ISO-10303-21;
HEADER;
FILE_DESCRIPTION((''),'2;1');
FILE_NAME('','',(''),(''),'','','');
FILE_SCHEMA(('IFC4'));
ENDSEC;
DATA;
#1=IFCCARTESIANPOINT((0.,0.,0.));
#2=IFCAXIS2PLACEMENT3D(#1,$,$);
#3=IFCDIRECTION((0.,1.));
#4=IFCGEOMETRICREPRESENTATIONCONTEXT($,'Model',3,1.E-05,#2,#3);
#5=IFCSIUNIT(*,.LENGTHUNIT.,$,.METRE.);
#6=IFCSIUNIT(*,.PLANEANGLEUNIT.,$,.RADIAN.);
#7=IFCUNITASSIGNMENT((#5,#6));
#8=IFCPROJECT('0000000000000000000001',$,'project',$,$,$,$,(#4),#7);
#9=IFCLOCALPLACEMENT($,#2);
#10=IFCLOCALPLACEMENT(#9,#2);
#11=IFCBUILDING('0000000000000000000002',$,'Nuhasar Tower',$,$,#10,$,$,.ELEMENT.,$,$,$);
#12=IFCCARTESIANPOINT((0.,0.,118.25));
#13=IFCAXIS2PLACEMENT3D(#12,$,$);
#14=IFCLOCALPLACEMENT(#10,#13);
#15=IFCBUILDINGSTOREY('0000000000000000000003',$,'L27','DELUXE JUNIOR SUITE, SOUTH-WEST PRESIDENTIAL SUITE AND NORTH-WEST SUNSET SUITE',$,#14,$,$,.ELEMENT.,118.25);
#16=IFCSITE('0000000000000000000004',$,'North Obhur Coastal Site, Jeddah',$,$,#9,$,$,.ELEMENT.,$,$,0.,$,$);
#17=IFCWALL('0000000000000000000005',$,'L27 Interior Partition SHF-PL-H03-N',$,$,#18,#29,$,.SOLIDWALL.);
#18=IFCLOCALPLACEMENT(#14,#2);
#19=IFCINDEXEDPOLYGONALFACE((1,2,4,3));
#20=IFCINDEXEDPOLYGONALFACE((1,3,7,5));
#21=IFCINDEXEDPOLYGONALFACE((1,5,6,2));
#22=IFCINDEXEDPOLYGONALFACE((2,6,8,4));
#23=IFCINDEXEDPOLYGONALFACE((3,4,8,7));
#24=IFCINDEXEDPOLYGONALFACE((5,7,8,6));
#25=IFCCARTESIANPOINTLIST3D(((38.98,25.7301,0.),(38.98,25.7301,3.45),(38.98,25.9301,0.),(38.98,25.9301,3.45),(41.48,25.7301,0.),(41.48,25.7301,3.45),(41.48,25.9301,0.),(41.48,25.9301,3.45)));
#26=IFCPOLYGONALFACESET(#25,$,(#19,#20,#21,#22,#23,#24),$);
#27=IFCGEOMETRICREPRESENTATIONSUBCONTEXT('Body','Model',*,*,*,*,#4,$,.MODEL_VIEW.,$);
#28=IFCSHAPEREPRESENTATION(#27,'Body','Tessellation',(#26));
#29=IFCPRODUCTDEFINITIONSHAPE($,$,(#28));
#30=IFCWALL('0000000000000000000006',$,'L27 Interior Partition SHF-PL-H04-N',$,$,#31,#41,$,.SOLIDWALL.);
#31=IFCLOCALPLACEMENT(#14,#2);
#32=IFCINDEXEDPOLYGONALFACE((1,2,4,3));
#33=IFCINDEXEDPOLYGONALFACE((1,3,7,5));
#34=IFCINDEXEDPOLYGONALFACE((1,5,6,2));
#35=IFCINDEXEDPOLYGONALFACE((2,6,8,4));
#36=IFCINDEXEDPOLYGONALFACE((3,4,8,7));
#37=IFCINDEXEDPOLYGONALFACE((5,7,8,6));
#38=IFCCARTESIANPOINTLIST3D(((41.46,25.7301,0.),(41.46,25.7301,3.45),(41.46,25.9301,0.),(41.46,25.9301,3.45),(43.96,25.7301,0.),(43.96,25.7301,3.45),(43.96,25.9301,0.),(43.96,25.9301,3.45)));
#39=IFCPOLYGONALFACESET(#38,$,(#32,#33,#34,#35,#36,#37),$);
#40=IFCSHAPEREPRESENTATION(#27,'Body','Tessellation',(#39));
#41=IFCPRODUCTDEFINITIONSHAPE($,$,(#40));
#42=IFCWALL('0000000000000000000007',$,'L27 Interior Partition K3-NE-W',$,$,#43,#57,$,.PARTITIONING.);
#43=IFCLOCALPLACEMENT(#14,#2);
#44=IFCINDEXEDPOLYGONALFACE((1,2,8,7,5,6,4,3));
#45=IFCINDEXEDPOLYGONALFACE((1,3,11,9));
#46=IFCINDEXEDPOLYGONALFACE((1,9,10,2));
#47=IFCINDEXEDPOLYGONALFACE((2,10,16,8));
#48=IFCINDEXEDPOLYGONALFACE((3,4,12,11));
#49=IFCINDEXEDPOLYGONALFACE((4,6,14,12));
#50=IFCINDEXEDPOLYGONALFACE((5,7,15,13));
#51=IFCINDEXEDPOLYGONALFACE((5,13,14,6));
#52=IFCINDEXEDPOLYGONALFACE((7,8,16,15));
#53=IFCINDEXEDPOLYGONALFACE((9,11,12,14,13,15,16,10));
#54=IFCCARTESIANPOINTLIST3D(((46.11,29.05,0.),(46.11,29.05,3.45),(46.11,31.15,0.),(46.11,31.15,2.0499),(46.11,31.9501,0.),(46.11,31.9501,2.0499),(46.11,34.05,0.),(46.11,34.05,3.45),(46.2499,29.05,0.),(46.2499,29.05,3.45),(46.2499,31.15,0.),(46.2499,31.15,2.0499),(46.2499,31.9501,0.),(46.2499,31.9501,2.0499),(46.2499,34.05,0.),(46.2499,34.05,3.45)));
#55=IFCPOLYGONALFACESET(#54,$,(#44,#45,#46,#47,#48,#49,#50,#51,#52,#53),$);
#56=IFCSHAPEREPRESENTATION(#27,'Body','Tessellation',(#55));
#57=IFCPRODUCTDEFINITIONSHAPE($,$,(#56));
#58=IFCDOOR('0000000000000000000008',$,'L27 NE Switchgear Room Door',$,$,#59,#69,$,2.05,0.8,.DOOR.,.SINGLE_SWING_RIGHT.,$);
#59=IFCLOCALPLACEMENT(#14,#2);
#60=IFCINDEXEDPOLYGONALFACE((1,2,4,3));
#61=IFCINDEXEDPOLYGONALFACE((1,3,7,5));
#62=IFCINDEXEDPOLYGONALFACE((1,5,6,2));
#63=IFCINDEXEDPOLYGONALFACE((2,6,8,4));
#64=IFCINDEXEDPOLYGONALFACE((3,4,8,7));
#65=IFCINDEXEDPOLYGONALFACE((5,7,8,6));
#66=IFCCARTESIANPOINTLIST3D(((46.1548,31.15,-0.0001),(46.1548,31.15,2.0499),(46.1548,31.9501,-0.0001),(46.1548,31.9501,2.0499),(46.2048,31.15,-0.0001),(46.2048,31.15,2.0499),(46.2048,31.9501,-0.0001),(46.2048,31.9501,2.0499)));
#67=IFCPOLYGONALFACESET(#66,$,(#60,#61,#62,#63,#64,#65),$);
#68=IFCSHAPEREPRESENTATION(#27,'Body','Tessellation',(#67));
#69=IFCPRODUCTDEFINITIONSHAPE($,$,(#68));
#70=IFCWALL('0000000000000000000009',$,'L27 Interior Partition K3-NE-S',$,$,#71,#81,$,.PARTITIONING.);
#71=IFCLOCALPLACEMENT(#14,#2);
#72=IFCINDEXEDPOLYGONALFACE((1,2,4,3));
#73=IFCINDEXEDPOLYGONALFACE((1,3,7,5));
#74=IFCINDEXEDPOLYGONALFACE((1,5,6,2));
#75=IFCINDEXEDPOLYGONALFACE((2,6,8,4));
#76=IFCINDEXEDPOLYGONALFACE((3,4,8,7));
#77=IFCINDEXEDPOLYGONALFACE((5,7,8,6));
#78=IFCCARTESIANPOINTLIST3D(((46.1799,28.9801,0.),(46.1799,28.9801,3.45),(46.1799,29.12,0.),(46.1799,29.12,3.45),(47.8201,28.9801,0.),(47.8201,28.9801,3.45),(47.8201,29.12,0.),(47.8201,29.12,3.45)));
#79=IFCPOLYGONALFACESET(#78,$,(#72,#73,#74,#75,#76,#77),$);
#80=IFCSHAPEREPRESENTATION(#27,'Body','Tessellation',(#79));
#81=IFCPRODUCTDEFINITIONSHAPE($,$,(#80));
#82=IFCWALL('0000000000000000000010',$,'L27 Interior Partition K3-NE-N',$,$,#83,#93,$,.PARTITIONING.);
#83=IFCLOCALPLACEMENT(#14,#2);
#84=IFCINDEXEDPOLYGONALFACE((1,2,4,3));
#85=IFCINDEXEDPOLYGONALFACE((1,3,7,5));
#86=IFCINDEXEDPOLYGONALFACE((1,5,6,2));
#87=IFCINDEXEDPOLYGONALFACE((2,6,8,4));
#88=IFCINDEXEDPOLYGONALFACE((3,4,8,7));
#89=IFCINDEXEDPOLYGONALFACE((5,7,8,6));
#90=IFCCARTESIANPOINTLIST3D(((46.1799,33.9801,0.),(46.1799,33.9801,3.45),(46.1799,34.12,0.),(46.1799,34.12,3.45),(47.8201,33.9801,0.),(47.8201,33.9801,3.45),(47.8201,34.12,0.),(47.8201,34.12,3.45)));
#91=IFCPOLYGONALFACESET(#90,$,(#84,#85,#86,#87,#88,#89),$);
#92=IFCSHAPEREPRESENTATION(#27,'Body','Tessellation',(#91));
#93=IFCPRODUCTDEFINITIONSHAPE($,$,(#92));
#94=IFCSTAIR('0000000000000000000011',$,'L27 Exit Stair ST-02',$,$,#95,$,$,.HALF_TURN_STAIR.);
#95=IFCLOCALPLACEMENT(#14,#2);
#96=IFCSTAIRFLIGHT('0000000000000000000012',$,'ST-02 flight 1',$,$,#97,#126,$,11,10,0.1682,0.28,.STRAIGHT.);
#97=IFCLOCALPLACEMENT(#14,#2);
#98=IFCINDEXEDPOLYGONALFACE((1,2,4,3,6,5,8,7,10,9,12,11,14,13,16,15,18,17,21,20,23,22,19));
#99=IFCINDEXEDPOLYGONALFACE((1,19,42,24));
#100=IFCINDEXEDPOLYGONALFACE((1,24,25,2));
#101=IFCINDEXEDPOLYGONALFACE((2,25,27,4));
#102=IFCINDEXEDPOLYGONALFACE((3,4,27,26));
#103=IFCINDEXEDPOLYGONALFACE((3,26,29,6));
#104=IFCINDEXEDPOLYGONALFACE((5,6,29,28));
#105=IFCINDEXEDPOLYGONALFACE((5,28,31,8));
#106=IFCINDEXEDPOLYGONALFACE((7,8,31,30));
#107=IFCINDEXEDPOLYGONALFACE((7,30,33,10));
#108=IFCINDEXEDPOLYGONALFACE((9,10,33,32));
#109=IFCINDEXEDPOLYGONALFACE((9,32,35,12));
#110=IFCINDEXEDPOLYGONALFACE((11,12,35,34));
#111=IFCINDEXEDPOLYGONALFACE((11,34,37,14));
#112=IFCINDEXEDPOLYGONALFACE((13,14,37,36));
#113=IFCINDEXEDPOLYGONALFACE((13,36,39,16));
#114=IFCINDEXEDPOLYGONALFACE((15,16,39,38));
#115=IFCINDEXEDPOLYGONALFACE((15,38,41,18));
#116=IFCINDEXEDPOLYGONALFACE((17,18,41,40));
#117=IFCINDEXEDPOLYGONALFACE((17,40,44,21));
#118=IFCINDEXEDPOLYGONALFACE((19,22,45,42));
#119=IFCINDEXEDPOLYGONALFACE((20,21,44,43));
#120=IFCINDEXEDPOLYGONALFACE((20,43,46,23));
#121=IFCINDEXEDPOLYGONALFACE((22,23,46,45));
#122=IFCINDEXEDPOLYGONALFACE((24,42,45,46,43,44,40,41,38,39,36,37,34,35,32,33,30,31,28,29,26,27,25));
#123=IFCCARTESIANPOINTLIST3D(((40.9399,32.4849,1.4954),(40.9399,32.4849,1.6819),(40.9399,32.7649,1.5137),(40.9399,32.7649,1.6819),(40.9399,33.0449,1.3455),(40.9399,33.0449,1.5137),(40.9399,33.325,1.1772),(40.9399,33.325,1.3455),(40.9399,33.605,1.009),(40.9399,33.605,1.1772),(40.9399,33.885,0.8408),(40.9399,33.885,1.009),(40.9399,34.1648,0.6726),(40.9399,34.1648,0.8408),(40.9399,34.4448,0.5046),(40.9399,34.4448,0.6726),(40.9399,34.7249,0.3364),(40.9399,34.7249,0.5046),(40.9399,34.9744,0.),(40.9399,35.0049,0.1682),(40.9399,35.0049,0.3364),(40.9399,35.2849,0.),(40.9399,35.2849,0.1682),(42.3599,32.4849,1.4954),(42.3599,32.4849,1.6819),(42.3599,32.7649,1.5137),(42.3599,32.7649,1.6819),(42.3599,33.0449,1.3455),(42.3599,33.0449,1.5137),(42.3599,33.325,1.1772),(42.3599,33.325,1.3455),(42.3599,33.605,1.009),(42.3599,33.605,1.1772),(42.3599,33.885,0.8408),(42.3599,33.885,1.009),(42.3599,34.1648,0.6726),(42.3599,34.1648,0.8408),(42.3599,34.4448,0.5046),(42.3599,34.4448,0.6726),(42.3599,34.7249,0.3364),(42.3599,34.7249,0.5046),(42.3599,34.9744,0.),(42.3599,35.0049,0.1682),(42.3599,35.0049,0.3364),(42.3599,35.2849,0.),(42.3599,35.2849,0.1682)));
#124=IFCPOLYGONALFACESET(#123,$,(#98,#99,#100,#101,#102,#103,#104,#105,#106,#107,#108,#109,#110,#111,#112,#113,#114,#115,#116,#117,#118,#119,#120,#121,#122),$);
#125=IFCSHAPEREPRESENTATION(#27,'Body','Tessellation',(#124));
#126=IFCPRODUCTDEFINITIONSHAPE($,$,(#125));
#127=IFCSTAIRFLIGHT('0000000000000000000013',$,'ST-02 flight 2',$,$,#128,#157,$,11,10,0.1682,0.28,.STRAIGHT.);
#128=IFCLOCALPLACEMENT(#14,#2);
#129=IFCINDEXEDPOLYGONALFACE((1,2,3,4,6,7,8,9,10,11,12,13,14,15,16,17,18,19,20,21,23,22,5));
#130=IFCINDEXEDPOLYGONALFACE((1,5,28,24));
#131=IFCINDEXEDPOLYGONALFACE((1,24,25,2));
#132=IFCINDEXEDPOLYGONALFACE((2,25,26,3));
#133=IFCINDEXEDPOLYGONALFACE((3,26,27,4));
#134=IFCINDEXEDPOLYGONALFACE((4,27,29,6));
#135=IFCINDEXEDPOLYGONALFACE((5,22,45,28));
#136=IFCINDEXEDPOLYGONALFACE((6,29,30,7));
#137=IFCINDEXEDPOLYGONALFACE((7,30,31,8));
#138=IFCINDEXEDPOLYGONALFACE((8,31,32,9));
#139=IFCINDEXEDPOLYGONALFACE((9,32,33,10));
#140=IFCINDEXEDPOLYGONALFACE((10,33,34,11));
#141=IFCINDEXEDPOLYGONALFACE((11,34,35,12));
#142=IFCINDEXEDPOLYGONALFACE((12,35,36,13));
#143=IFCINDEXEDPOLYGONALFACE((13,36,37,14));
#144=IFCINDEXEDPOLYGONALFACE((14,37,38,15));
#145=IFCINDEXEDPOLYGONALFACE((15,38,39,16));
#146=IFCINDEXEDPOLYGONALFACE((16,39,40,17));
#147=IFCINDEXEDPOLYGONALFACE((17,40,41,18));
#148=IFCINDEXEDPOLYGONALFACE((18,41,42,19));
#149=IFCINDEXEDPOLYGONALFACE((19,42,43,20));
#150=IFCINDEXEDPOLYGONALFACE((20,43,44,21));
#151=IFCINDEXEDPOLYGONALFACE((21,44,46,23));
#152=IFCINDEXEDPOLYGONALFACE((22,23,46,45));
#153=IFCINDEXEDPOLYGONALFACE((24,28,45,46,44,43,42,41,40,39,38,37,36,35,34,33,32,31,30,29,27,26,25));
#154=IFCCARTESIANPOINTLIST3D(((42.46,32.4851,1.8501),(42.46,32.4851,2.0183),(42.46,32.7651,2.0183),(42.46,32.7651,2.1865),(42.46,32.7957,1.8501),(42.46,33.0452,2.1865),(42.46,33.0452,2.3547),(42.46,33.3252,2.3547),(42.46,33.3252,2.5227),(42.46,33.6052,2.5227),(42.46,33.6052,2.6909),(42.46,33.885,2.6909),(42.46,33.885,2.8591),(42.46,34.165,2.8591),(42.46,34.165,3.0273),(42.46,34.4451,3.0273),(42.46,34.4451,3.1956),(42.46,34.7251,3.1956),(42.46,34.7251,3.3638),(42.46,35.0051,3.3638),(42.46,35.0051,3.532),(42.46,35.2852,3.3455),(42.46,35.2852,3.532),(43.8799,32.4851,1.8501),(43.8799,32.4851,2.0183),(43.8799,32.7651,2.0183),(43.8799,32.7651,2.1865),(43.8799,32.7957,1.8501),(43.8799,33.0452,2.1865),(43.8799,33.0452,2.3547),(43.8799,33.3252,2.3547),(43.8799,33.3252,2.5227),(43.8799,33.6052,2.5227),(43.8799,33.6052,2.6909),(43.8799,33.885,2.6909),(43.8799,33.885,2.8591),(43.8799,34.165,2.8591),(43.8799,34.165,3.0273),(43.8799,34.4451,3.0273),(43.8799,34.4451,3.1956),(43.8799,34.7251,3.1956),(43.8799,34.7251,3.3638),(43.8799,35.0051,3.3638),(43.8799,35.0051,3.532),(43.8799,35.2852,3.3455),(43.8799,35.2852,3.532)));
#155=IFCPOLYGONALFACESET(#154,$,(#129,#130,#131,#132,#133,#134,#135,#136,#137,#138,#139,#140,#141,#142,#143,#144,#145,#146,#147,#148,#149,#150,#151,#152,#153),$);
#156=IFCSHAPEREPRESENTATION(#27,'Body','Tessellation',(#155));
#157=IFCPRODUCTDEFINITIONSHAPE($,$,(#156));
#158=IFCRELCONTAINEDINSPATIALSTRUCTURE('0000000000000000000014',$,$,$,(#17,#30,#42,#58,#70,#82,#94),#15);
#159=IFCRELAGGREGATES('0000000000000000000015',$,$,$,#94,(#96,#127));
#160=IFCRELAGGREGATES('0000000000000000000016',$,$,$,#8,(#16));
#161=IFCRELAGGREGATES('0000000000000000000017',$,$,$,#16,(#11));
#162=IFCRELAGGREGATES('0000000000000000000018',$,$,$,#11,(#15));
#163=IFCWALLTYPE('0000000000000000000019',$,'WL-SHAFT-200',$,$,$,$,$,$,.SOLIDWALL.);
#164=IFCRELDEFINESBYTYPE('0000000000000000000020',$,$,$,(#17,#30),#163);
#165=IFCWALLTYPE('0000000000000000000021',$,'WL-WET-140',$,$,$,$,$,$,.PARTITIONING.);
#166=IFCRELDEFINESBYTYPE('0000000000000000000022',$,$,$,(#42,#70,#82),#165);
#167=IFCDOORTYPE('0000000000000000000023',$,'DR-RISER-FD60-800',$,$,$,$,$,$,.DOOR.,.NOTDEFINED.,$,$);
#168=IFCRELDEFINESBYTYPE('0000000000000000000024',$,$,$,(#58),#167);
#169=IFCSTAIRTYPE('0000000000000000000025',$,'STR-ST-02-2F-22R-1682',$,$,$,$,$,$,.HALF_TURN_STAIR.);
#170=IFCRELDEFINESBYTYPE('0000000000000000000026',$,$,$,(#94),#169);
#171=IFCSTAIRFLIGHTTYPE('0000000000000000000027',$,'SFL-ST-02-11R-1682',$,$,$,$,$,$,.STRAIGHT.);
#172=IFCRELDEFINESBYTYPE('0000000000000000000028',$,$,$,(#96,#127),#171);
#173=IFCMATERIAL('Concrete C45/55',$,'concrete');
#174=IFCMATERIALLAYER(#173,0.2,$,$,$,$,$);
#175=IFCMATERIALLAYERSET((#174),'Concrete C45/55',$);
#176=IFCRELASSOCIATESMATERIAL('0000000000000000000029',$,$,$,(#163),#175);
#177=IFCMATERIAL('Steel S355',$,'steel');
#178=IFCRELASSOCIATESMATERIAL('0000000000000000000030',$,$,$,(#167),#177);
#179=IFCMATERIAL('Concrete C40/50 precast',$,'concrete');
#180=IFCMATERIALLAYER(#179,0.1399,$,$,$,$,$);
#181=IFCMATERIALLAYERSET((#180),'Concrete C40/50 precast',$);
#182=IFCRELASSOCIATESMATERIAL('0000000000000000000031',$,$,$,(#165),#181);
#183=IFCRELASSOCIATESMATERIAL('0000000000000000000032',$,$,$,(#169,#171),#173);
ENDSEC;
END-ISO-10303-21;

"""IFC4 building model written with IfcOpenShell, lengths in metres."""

from ifc_helpers import new_model, si_unit, direction, frame, frame_2d, origin, place, context, subcontext, project, spatial, polyline, rectangle, outline, extrude, material, layer, layer_set, type_object, element, fill, aggregate, save


model = new_model("IFC4")

# Units and contexts
model_context = context("Model", 3, precision=1e-05, world=origin(), true_north=direction((0.0, 1.0)))
body_context = subcontext(model_context, "Body", "Model", "MODEL_VIEW")
ifc_project = project(units=[si_unit("LENGTHUNIT", "METRE"), si_unit("PLANEANGLEUNIT", "RADIAN")], contexts=[model_context])

# Site, building, storey
site_placement = place(None, origin())
site = spatial("IfcSite", under=ifc_project, at=site_placement, Name="North Obhur Coastal Site, Jeddah", CompositionType="ELEMENT", RefElevation=0.0)
building_placement = place(site_placement, origin())
building = spatial("IfcBuilding", under=site, at=building_placement, Name="Nuhasar Tower", CompositionType="ELEMENT")
storey_placement = place(building_placement, frame((0.0, 0.0, 118.25)))
storey = spatial("IfcBuildingStorey", under=building, at=storey_placement, Name="L27", Description="DELUXE JUNIOR SUITE, SOUTH-WEST PRESIDENTIAL SUITE AND NORTH-WEST SUNSET SUITE", CompositionType="ELEMENT", Elevation=118.25)

# Shared definitions
ifc_material_1 = material(Name="Steel S355", Category="steel")

# Shared definitions
ifc_material_2 = material(Name="Concrete C45/55", Category="concrete")
ifc_layer_1 = layer(ifc_material_2, 0.2)
ifc_layer_set_1 = layer_set([ifc_layer_1], Name="Concrete C45/55")
wall_type_1 = type_object("IfcWallType", Name="WL-SHAFT-200", PredefinedType="SOLIDWALL", material=ifc_layer_set_1)

# Shared definitions
door_type = type_object("IfcDoorType", Name="DR-RISER-FD60-800", OperationType="NOTDEFINED", PredefinedType="DOOR", material=ifc_material_1)

# Walls
for number, where, z_axis, x_axis, name in (
    (1, (38.98, 25.8301, 0.0), (0.0, 0.0, 1.0), (1.0, 0.0, 0.0), "L27 Interior Partition SHF-PL-H03-N"),
    (2, (41.46, 25.8301, 0.0), (0.0, 0.0, 1.0), (1.0, 0.0, 0.0), "L27 Interior Partition SHF-PL-H04-N"),
):
    element("IfcWall", number, at=place(storey_placement, frame(where, z_axis=z_axis, x_axis=x_axis)), inside=storey, type_object=wall_type_1, Name=name, PredefinedType="SOLIDWALL", context=body_context, shape_type="SweptSolid", body=[
        extrude(rectangle(XDim=2.5, YDim=0.2, at=frame_2d((1.25, 0.0))), origin(), (0.0, 0.0, 1.0), 3.45),
    ])

# Wall, opening, door
ifc_material_3 = material(Name="Concrete C40/50 precast", Category="concrete")
ifc_layer_2 = layer(ifc_material_3, 0.1399)
ifc_layer_set_2 = layer_set([ifc_layer_2], Name="Concrete C40/50 precast")
wall_type_2 = type_object("IfcWallType", Name="WL-WET-140", PredefinedType="PARTITIONING", material=ifc_layer_set_2)
wall_1_placement = place(storey_placement, frame((46.1799, 34.05, 0.0), z_axis=(0.0, 0.0, 1.0), x_axis=(0.0, -1.0, 0.0)))
wall_1 = element("IfcWall", 3, at=wall_1_placement, inside=storey, type_object=wall_type_2, Name="L27 Interior Partition K3-NE-W", PredefinedType="PARTITIONING", context=body_context, shape_type="SweptSolid", body=[
    extrude(rectangle(XDim=5.0, YDim=0.1399, at=frame_2d((2.5, 0.0))), origin(), (0.0, 0.0, 1.0), 3.45),
])
opening_1_placement = place(wall_1_placement, frame((2.1001, 0.0, 0.0)))
opening_1 = element("IfcOpeningElement", 4, at=opening_1_placement, cuts=wall_1, PredefinedType="OPENING", context=body_context, shape_type="SweptSolid", body=[
    extrude(rectangle(XDim=0.8, YDim=2.05, at=frame_2d((0.3999, 1.0249))), frame((0.0, 0.0801, 0.0), z_axis=(0.0, -1.0, 0.0), x_axis=(1.0, 0.0, 0.0)), (0.0, 0.0, 1.0), 0.1599),
])
door_1_placement = place(opening_1_placement, origin())
door_1 = element("IfcDoor", 5, at=door_1_placement, inside=storey, type_object=door_type, Name="L27 NE Switchgear Room Door", OperationType="SINGLE_SWING_RIGHT", OverallHeight=2.05, OverallWidth=0.8, PredefinedType="DOOR", context=body_context, shape_type="SweptSolid", body=[
    extrude(rectangle(XDim=0.8, YDim=2.05, at=frame_2d((0.3999, 1.0249))), frame((0.0, 0.0249, 0.0), z_axis=(0.0, -1.0, 0.0), x_axis=(1.0, 0.0, 0.0)), (0.0, 0.0, 1.0), 0.05),
])
fill(opening_1, door_1)

# Walls
for number, where, z_axis, x_axis, name in (
    (6, (46.1799, 29.05, 0.0), (0.0, 0.0, 1.0), (1.0, 0.0, 0.0), "L27 Interior Partition K3-NE-S"),
    (7, (46.1799, 34.05, 0.0), (0.0, 0.0, 1.0), (1.0, 0.0, 0.0), "L27 Interior Partition K3-NE-N"),
):
    element("IfcWall", number, at=place(storey_placement, frame(where, z_axis=z_axis, x_axis=x_axis)), inside=storey, type_object=wall_type_2, Name=name, PredefinedType="PARTITIONING", context=body_context, shape_type="SweptSolid", body=[
        extrude(rectangle(XDim=1.6401, YDim=0.1399, at=frame_2d((0.8201, 0.0))), origin(), (0.0, 0.0, 1.0), 3.45),
    ])

# Stair, stair flights
stair_type_1 = type_object("IfcStairType", Name="STR-ST-02-2F-22R-1682", PredefinedType="HALF_TURN_STAIR", material=ifc_material_2)
stair_1_placement = place(storey_placement, origin())
stair_1 = element("IfcStair", 8, at=stair_1_placement, inside=storey, type_object=stair_type_1, Name="L27 Exit Stair ST-02", PredefinedType="HALF_TURN_STAIR")
stair_flight_type_1 = type_object("IfcStairFlightType", Name="SFL-ST-02-11R-1682", PredefinedType="STRAIGHT", material=ifc_material_2)
stair_flight_1_placement = place(storey_placement, frame((41.6499, 35.2849, 0.0), z_axis=(0.0, 0.0, 1.0), x_axis=(0.0, -1.0, 0.0)))
stair_flight_1 = element("IfcStairFlight", 9, at=stair_flight_1_placement, type_object=stair_flight_type_1, Name="ST-02 flight 1", NumberOfRisers=11, NumberOfTreads=10, PredefinedType="STRAIGHT", RiserHeight=0.1682, TreadLength=0.28, context=body_context, shape_type="SweptSolid", body=[
    extrude(outline(polyline([(0.0, 0.0), (0.0, 0.1682), (0.28, 0.1682), (0.28, 0.3364), (0.5601, 0.3364), (0.5601, 0.5046), (0.8401, 0.5046), (0.8401, 0.6726), (1.1201, 0.6726), (1.1201, 0.8408), (1.3999, 0.8408), (1.3999, 1.009), (1.6799, 1.009), (1.6799, 1.1772), (1.96, 1.1772), (1.96, 1.3455), (2.24, 1.3455), (2.24, 1.5137), (2.52, 1.5137), (2.52, 1.6819), (2.8, 1.6819), (2.8, 1.8501), (2.8, 1.4954), (0.3105, 0.0), (0.0, 0.0)])), frame((0.0, 0.71, 0.0), z_axis=(0.0, -1.0, 0.0), x_axis=(1.0, 0.0, 0.0)), (0.0, 0.0, 1.0), 1.4199),
])
stair_flight_2_placement = place(storey_placement, frame((43.1699, 32.4851, 1.8501), z_axis=(0.0, 0.0, 1.0), x_axis=(0.0, 1.0, 0.0)))
stair_flight_2 = element("IfcStairFlight", 10, at=stair_flight_2_placement, type_object=stair_flight_type_1, Name="ST-02 flight 2", NumberOfRisers=11, NumberOfTreads=10, PredefinedType="STRAIGHT", RiserHeight=0.1682, TreadLength=0.28, context=body_context, shape_type="SweptSolid", body=[
    extrude(outline(polyline([(0.0, 0.0), (0.0, 0.1682), (0.28, 0.1682), (0.28, 0.3364), (0.5601, 0.3364), (0.5601, 0.5046), (0.8401, 0.5046), (0.8401, 0.6726), (1.1201, 0.6726), (1.1201, 0.8408), (1.3999, 0.8408), (1.3999, 1.009), (1.6799, 1.009), (1.6799, 1.1772), (1.96, 1.1772), (1.96, 1.3455), (2.24, 1.3455), (2.24, 1.5137), (2.52, 1.5137), (2.52, 1.6819), (2.8, 1.6819), (2.8, 1.8501), (2.8, 1.4954), (0.3105, 0.0), (0.0, 0.0)])), frame((0.0, 0.71, 0.0), z_axis=(0.0, -1.0, 0.0), x_axis=(1.0, 0.0, 0.0)), (0.0, 0.0, 1.0), 1.4199),
])
aggregate(stair_1, [stair_flight_1, stair_flight_2])

save(model, "model.ifc")
